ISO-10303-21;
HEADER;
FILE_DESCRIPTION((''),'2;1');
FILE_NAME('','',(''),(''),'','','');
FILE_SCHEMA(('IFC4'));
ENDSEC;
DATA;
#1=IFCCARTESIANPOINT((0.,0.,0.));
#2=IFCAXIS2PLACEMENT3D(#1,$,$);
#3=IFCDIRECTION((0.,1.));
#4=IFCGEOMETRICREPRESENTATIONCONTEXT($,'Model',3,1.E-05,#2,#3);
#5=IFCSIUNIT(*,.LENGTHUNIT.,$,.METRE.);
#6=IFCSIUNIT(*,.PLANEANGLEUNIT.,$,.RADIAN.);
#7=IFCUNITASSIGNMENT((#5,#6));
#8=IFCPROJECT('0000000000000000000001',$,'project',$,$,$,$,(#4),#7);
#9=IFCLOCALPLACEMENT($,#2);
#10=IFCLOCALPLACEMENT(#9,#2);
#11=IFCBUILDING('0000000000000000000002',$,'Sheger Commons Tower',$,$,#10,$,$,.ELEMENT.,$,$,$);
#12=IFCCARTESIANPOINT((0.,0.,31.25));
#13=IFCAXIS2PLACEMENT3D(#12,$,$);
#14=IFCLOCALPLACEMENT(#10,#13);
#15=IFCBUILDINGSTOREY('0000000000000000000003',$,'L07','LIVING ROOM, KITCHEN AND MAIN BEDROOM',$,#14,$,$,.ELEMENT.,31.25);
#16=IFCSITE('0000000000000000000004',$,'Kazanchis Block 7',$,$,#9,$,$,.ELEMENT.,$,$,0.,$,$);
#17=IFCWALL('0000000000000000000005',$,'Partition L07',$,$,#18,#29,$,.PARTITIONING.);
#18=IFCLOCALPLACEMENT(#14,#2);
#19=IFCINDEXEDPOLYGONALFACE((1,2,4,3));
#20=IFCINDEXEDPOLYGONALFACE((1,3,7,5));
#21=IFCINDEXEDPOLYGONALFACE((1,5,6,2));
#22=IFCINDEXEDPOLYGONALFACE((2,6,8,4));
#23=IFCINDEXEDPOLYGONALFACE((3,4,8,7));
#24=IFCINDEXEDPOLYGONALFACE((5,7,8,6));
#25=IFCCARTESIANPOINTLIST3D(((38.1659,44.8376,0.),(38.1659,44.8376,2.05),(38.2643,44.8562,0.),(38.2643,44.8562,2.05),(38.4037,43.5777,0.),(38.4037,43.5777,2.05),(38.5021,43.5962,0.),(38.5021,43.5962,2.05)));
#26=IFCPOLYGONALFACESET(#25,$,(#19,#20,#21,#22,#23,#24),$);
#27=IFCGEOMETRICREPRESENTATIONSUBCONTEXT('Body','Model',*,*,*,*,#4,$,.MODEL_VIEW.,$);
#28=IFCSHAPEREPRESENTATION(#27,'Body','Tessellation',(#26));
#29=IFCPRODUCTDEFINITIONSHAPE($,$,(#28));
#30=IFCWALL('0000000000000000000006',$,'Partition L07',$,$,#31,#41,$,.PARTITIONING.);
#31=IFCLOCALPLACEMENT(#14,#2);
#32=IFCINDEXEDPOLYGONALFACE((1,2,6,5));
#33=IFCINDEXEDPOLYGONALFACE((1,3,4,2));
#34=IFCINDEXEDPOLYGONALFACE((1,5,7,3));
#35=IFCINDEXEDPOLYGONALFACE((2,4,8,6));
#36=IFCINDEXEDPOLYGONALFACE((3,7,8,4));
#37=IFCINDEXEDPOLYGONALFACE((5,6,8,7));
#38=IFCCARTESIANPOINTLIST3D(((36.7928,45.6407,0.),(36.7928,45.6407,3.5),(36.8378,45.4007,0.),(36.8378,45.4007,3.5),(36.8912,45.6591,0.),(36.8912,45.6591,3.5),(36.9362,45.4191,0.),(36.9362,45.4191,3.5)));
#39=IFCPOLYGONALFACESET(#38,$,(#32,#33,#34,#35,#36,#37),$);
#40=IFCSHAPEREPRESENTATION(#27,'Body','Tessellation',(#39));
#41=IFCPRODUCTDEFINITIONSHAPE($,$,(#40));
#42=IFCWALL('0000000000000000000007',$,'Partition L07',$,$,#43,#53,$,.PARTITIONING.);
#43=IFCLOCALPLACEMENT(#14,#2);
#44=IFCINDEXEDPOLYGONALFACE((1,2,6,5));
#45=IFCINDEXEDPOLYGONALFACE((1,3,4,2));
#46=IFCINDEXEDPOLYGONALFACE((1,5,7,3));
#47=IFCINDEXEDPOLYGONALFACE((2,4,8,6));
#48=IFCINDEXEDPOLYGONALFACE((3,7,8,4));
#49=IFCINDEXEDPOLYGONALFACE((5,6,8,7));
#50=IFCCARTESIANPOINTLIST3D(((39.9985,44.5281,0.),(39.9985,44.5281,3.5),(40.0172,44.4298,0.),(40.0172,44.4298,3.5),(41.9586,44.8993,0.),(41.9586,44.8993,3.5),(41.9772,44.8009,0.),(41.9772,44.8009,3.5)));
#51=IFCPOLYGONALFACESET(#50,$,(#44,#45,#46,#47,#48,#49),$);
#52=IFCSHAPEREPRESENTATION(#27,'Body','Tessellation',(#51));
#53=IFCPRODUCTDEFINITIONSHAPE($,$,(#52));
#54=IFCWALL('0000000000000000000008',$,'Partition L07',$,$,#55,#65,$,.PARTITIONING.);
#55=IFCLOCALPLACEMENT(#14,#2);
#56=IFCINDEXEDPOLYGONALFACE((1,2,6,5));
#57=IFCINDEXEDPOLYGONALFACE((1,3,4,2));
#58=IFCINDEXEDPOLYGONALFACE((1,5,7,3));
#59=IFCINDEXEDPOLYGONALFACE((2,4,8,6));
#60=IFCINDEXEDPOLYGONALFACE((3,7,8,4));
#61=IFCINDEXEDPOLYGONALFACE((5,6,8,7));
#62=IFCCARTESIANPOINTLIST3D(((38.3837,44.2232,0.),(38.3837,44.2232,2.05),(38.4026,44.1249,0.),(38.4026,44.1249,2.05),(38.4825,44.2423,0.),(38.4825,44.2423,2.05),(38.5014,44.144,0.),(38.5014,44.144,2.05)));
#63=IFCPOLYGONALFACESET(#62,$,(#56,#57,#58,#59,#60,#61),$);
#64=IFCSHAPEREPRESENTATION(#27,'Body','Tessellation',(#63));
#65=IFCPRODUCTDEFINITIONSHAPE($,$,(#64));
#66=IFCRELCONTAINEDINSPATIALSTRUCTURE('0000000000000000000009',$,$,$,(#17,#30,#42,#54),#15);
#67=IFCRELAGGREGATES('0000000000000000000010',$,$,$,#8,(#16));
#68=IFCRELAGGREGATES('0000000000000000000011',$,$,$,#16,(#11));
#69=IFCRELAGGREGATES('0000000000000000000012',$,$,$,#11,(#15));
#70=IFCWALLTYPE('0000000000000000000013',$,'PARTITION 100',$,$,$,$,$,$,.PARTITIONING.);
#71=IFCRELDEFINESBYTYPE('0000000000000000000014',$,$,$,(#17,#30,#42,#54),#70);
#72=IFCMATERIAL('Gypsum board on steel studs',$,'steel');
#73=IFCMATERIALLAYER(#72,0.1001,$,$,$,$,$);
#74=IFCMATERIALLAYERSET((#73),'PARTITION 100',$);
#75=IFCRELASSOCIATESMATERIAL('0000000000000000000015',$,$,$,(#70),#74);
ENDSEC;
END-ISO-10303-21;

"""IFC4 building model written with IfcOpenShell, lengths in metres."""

from ifc_helpers import new_model, si_unit, direction, frame, frame_2d, origin, place, context, subcontext, project, spatial, rectangle, extrude, material, layer, layer_set, type_object, element, save


model = new_model("IFC4")

# Units and contexts
model_context = context("Model", 3, precision=1e-05, world=origin(), true_north=direction((0.0, 1.0)))
body_context = subcontext(model_context, "Body", "Model", "MODEL_VIEW")
ifc_project = project(units=[si_unit("LENGTHUNIT", "METRE"), si_unit("PLANEANGLEUNIT", "RADIAN")], contexts=[model_context])

# Site, building, storey
site_placement = place(None, origin())
site = spatial("IfcSite", under=ifc_project, at=site_placement, Name="Kazanchis Block 7", CompositionType="ELEMENT", RefElevation=0.0)
building_placement = place(site_placement, origin())
building = spatial("IfcBuilding", under=site, at=building_placement, Name="Sheger Commons Tower", CompositionType="ELEMENT")
storey_placement = place(building_placement, frame((0.0, 0.0, 31.25)))
storey = spatial("IfcBuildingStorey", under=building, at=storey_placement, Name="L07", Description="LIVING ROOM, KITCHEN AND MAIN BEDROOM", CompositionType="ELEMENT", Elevation=31.25)

# Walls
ifc_material_1 = material(Name="Gypsum board on steel studs", Category="steel")
ifc_layer_1 = layer(ifc_material_1, 0.1001)
ifc_layer_set_1 = layer_set([ifc_layer_1], Name="PARTITION 100")
wall_type_1 = type_object("IfcWallType", Name="PARTITION 100", PredefinedType="PARTITIONING", material=ifc_layer_set_1)
wall_1_placement = place(storey_placement, frame((38.2151, 44.8469, 0.0), z_axis=(0.0, 0.0, 1.0), x_axis=(0.185449, -0.982654, 0.0)))
element("IfcWall", 1, at=wall_1_placement, inside=storey, type_object=wall_type_1, Name="Partition L07", PredefinedType="PARTITIONING", context=body_context, shape_type="SweptSolid", body=[
    extrude(rectangle(XDim=1.2822, YDim=0.1001, at=frame_2d((0.6411, 0.0))), origin(), (0.0, 0.0, 1.0), 2.05),
])
wall_2_placement = place(storey_placement, frame((36.842, 45.6499, 0.0), z_axis=(0.0, 0.0, 1.0), x_axis=(0.183987, -0.982929, 0.0)))
element("IfcWall", 2, at=wall_2_placement, inside=storey, type_object=wall_type_1, Name="Partition L07", PredefinedType="PARTITIONING", context=body_context, shape_type="SweptSolid", body=[
    extrude(rectangle(XDim=0.2441, YDim=0.1001, at=frame_2d((0.1221, 0.0))), origin(), (0.0, 0.0, 1.0), 3.5),
])
wall_3_placement = place(storey_placement, frame((41.968, 44.8501, 0.0), z_axis=(0.0, 0.0, 1.0), x_axis=(-0.982544, -0.186032, 0.0)))
element("IfcWall", 3, at=wall_3_placement, inside=storey, type_object=wall_type_1, Name="Partition L07", PredefinedType="PARTITIONING", context=body_context, shape_type="SweptSolid", body=[
    extrude(rectangle(XDim=1.9949, YDim=0.1001, at=frame_2d((0.9976, 0.0))), origin(), (0.0, 0.0, 1.0), 3.5),
])
wall_4_placement = place(storey_placement, frame((38.4919, 44.1931, 0.0), z_axis=(0.0, 0.0, 1.0), x_axis=(-0.981955, -0.189117, 0.0)))
element("IfcWall", 4, at=wall_4_placement, inside=storey, type_object=wall_type_1, Name="Partition L07", PredefinedType="PARTITIONING", context=body_context, shape_type="SweptSolid", body=[
    extrude(rectangle(XDim=0.1006, YDim=0.1001, at=frame_2d((0.0503, 0.0))), origin(), (0.0, 0.0, 1.0), 2.05),
])

save(model, "model.ifc")
